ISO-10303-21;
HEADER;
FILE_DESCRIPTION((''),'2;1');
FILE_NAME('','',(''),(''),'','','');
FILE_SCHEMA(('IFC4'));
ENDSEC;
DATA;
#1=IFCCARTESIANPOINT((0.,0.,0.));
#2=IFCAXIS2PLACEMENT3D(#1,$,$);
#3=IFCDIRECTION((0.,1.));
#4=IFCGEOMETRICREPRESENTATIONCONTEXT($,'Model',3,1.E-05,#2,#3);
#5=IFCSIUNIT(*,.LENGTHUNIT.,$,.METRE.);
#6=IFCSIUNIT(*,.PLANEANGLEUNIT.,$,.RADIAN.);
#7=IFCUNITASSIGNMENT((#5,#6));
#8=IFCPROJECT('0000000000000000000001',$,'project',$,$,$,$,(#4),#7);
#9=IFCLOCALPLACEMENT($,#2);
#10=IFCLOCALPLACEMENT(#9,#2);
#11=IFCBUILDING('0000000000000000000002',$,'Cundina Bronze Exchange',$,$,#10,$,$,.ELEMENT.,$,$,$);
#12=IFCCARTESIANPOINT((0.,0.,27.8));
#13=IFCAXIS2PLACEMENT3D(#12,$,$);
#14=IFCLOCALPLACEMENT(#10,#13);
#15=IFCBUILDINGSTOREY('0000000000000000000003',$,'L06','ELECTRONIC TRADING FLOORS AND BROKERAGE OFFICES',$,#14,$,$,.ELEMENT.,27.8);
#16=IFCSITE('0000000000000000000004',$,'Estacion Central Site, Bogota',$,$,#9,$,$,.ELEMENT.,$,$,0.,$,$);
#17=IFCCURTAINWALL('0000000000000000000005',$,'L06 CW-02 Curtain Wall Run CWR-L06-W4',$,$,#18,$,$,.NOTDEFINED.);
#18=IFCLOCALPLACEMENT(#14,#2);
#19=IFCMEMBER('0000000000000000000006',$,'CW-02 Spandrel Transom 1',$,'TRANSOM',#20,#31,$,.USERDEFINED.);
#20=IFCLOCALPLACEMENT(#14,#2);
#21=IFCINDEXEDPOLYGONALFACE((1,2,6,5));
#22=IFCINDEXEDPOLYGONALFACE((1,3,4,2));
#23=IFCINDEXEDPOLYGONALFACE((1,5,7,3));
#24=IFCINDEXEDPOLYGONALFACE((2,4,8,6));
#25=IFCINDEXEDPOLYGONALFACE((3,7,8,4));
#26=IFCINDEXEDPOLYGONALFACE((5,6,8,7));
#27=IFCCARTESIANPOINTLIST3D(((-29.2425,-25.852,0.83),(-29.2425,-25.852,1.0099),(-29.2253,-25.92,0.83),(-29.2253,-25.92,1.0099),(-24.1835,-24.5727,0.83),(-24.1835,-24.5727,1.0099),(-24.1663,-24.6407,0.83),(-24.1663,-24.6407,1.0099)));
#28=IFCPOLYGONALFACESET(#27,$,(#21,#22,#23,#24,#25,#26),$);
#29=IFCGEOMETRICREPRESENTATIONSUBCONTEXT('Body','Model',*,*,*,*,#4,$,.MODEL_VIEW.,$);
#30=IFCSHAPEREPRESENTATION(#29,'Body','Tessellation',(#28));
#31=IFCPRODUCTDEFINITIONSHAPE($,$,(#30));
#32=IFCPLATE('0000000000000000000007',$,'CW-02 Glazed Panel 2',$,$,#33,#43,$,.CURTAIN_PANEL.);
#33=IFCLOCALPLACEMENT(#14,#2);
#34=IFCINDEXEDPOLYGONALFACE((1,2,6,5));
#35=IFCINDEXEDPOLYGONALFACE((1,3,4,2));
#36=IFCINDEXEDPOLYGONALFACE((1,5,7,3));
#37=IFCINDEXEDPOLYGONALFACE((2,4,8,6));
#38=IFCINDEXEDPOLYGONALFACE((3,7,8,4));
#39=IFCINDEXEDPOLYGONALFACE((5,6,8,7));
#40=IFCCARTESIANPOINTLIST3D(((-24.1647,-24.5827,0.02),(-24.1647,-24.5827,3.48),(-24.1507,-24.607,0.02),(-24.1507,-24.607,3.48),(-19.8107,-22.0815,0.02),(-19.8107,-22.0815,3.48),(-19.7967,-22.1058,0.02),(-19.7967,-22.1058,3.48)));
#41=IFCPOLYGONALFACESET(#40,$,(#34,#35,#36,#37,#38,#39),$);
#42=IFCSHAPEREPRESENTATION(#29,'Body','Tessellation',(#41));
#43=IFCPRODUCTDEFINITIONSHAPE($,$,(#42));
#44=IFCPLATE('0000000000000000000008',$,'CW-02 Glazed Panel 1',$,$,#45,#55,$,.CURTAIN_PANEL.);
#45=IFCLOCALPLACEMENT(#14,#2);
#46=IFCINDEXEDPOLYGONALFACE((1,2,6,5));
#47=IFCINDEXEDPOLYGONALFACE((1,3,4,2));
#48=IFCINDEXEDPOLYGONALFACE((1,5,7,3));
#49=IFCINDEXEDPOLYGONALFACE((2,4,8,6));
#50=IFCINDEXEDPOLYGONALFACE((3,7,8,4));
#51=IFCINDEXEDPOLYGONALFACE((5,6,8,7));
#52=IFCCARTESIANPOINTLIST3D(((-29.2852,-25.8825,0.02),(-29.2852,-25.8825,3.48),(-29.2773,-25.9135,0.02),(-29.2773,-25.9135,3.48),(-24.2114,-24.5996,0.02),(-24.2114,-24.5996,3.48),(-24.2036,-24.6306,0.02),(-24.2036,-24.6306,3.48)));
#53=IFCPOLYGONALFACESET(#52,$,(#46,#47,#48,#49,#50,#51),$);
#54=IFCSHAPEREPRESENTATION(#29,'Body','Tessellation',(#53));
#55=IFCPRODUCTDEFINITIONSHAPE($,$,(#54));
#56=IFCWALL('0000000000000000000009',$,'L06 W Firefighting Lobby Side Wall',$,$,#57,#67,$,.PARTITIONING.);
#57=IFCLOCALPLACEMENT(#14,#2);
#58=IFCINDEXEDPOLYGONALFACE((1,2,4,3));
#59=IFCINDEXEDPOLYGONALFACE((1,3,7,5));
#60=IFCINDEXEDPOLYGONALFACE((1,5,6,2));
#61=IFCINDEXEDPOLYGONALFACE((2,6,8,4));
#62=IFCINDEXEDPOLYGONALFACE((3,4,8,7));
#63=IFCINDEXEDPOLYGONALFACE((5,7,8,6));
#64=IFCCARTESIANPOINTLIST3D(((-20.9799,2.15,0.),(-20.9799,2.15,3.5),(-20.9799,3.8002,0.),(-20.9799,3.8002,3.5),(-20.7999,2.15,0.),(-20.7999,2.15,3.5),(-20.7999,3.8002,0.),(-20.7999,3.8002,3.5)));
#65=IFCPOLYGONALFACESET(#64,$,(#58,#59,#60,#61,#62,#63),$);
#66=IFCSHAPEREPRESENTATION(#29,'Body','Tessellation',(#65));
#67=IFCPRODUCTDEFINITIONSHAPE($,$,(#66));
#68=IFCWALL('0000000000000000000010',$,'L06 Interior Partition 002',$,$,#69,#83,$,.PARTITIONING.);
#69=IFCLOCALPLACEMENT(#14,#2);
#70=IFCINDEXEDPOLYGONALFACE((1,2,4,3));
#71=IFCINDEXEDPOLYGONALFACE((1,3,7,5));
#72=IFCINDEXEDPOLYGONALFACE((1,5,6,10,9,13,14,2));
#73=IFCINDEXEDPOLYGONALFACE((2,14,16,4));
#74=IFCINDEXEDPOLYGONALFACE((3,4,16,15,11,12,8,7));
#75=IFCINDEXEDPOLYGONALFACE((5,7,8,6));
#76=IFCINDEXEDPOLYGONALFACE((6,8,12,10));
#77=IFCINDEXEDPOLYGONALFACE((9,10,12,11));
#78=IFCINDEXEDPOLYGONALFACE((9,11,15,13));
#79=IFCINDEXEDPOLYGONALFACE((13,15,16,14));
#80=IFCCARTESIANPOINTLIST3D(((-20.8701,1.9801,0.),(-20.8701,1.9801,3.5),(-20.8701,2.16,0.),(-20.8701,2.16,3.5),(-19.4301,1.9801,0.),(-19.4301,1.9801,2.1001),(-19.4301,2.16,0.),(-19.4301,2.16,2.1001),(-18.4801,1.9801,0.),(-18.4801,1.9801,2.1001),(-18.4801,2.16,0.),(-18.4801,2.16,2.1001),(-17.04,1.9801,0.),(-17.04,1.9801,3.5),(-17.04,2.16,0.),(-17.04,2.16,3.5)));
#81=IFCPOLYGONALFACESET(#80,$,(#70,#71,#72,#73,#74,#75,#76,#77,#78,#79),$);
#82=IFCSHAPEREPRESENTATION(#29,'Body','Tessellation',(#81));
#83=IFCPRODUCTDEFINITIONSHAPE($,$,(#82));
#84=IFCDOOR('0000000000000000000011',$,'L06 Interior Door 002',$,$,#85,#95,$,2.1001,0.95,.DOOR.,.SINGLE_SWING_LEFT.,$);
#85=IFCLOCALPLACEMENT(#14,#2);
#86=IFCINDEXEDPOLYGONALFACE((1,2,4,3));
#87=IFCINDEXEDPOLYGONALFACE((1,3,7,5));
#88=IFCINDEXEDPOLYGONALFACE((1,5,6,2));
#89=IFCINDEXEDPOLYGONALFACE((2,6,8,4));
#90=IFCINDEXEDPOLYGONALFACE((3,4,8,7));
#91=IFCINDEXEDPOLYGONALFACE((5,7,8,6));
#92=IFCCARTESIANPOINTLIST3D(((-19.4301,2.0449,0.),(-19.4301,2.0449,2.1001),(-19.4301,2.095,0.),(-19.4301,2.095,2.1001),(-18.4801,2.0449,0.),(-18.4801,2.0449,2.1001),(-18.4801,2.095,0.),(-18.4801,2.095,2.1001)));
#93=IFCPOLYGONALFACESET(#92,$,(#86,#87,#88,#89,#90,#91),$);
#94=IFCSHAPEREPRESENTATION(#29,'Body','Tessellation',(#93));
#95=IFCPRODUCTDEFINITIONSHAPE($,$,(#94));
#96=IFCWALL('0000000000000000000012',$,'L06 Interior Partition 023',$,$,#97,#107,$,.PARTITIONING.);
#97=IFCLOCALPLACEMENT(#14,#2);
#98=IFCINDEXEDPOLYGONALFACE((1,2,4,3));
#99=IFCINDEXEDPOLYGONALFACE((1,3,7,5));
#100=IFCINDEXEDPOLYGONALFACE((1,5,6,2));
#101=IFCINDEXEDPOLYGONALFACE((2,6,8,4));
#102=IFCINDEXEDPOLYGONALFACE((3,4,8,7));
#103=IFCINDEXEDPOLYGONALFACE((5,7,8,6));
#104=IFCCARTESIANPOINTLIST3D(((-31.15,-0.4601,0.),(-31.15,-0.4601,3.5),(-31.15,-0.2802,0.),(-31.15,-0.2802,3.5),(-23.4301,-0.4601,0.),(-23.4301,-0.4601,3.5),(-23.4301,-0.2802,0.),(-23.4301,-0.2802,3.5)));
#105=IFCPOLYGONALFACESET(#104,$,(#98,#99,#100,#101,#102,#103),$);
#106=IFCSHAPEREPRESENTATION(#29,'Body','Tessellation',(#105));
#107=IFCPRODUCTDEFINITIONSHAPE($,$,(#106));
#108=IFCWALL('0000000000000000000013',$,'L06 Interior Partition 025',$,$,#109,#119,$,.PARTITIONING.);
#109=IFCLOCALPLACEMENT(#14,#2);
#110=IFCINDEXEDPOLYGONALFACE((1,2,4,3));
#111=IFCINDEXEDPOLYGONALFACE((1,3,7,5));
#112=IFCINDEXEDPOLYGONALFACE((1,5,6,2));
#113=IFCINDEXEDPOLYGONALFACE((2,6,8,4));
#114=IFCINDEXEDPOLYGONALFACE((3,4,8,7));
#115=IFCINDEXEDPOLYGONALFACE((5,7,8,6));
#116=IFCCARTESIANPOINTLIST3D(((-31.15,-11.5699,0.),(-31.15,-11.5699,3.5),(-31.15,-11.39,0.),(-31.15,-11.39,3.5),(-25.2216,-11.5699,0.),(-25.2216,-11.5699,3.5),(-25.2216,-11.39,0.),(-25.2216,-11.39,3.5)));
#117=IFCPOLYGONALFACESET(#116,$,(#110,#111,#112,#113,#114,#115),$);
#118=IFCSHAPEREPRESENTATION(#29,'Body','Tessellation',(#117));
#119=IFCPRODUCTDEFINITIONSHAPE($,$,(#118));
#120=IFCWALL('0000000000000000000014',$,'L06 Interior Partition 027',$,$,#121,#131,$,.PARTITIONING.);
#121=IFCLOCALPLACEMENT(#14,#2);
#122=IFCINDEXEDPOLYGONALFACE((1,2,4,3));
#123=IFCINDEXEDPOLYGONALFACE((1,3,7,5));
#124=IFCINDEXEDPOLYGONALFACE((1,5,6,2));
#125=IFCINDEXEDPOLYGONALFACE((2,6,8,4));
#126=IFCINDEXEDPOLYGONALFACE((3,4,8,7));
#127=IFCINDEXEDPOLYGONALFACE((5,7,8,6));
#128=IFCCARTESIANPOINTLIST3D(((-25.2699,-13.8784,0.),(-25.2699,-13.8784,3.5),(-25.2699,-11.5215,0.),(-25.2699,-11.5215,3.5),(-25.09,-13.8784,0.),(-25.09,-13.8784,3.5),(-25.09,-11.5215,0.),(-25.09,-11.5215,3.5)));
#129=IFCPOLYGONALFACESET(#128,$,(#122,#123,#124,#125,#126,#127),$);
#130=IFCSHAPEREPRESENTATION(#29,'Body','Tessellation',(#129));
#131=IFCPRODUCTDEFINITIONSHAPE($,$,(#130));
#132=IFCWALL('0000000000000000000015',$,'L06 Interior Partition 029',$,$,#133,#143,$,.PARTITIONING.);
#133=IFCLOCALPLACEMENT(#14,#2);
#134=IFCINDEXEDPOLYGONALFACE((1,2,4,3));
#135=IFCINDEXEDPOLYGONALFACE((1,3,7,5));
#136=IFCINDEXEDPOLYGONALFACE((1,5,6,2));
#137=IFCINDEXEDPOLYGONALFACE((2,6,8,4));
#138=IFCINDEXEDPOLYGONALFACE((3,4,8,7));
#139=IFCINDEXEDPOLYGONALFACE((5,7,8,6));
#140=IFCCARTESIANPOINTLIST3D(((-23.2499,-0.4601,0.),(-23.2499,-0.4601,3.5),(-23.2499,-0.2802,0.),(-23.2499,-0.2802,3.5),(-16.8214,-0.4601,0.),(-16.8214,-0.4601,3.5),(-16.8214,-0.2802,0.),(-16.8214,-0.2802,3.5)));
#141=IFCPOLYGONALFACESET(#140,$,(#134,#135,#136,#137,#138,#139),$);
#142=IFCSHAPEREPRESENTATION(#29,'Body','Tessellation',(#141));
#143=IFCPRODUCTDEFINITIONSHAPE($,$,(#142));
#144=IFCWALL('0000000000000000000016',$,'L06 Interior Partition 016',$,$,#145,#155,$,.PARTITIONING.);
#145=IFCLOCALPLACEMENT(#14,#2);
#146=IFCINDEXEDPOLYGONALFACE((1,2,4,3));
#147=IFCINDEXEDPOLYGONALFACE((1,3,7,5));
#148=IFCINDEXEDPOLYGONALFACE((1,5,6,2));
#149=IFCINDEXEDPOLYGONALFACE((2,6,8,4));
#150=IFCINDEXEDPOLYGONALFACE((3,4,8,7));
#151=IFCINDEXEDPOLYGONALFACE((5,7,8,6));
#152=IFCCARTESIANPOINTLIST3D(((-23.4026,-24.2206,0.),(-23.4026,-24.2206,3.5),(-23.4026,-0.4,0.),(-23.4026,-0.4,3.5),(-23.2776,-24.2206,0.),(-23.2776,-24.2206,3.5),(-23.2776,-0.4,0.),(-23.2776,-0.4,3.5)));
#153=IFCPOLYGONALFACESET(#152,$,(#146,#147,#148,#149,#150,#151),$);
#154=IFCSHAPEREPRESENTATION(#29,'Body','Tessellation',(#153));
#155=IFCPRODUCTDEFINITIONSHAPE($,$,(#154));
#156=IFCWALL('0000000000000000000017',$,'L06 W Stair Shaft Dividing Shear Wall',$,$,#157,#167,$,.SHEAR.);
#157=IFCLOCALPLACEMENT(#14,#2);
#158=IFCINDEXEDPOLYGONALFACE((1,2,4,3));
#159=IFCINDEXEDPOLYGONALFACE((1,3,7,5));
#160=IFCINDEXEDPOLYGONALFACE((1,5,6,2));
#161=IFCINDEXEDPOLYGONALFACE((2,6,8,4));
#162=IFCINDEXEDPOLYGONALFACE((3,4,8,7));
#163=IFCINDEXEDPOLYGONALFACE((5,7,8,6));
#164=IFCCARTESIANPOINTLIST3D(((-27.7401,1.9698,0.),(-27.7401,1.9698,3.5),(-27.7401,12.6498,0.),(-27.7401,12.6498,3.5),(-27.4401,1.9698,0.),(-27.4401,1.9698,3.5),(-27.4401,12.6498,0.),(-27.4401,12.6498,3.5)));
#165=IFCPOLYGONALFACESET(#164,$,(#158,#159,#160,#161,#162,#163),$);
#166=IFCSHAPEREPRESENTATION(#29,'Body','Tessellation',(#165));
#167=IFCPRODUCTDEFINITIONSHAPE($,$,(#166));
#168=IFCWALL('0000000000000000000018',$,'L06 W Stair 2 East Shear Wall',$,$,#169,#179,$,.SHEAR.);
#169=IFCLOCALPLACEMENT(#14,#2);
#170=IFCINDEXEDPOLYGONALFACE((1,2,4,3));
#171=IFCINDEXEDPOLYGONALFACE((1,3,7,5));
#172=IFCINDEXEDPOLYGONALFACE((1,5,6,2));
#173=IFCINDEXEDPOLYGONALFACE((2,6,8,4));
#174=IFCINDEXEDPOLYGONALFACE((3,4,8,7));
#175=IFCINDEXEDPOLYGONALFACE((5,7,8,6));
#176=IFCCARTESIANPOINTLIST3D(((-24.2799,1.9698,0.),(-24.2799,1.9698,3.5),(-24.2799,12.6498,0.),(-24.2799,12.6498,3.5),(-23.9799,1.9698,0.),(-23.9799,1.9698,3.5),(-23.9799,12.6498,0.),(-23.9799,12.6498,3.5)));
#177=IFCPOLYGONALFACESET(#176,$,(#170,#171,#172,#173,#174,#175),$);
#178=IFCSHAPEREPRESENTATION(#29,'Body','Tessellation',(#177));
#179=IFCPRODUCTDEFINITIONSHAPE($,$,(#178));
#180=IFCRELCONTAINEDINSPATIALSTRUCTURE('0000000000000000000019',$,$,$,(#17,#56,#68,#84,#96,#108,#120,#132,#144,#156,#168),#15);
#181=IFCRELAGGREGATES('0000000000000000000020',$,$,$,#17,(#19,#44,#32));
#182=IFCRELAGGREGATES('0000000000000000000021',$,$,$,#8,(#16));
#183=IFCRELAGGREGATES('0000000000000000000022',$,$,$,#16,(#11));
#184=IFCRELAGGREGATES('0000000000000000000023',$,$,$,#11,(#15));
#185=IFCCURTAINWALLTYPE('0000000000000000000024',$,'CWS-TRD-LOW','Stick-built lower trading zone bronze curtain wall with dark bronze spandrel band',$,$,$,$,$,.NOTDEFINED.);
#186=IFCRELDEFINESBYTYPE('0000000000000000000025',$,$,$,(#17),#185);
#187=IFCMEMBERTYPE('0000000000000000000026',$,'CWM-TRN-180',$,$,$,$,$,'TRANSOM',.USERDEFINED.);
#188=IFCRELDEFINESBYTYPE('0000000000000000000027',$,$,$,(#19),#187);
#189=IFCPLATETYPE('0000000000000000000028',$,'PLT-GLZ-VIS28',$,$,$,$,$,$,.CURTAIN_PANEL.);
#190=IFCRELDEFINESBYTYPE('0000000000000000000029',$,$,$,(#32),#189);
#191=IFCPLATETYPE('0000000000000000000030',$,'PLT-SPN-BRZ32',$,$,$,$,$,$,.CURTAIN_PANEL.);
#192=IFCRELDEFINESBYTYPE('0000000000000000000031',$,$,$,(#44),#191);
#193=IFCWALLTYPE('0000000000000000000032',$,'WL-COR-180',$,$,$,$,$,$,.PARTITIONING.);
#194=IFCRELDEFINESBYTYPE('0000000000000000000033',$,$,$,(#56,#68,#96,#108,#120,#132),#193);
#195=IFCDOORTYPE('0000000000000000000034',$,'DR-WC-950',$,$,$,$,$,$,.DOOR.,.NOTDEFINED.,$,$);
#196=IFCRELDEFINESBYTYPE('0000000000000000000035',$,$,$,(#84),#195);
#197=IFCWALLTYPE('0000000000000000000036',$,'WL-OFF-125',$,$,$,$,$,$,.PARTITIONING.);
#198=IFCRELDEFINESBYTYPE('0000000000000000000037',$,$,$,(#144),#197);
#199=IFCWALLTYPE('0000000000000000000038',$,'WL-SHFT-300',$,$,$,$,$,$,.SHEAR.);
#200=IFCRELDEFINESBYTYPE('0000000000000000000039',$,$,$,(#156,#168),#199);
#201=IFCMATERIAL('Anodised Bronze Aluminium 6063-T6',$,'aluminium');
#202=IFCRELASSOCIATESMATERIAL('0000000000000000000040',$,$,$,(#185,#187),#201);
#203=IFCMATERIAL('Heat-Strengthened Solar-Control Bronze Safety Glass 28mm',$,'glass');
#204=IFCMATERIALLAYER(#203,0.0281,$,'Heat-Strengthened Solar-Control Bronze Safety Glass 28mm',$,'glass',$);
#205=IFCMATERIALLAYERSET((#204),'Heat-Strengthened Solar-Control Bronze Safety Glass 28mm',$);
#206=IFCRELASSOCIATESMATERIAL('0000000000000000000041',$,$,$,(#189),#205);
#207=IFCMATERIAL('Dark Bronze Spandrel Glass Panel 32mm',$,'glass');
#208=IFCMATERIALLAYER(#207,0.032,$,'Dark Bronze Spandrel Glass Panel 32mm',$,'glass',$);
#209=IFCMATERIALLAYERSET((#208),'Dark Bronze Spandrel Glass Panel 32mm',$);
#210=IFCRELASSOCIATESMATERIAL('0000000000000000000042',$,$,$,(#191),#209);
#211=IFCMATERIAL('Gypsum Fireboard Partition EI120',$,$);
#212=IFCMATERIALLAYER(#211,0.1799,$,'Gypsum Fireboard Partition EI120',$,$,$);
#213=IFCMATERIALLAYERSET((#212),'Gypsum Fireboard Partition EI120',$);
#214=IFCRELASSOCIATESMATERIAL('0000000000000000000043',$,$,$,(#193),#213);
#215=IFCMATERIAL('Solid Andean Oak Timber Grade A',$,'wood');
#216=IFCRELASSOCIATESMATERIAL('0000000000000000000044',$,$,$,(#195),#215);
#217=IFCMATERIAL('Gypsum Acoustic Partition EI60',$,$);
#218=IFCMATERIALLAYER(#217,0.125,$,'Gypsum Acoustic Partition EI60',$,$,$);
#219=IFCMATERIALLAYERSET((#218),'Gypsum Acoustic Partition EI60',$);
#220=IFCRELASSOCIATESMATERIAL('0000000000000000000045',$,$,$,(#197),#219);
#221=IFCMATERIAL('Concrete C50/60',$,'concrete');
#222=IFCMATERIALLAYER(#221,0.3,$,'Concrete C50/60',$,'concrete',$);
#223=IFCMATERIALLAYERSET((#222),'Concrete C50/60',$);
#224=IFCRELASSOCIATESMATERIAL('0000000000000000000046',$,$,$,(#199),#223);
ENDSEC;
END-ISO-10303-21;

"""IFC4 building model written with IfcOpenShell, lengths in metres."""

from ifc_helpers import new_model, si_unit, direction, frame, frame_2d, origin, origin_2d, place, context, subcontext, project, spatial, rectangle, extrude, material, layer, layer_set, material_profile, profile_set, type_object, element, fill, aggregate, save


model = new_model("IFC4")

# Units and contexts
model_context = context("Model", 3, precision=1e-05, world=origin(), true_north=direction((0.0, 1.0)))
body_context = subcontext(model_context, "Body", "Model", "MODEL_VIEW")
ifc_project = project(units=[si_unit("LENGTHUNIT", "METRE"), si_unit("PLANEANGLEUNIT", "RADIAN")], contexts=[model_context])

# Site, building, storey
site_placement = place(None, origin())
site = spatial("IfcSite", under=ifc_project, at=site_placement, Name="Estacion Central Site, Bogota", CompositionType="ELEMENT", RefElevation=0.0)
building_placement = place(site_placement, origin())
building = spatial("IfcBuilding", under=site, at=building_placement, Name="Cundina Bronze Exchange", CompositionType="ELEMENT")
storey_placement = place(building_placement, frame((0.0, 0.0, 27.8)))
storey = spatial("IfcBuildingStorey", under=building, at=storey_placement, Name="L06", Description="ELECTRONIC TRADING FLOORS AND BROKERAGE OFFICES", CompositionType="ELEMENT", Elevation=27.8)

# Shared definitions
ifc_material_1 = material(Name="Anodised Bronze Aluminium 6063-T6", Category="aluminium")
curtain_wall_type = type_object("IfcCurtainWallType", Name="CWS-TRD-LOW", Description="Stick-built lower trading zone bronze curtain wall with dark bronze spandrel band", PredefinedType="NOTDEFINED", material=ifc_material_1)

# Curtain wall, member, plates
curtain_wall_1_placement = place(storey_placement, origin())
curtain_wall_1 = element("IfcCurtainWall", 1, at=curtain_wall_1_placement, inside=storey, type_object=curtain_wall_type, Name="L06 CW-02 Curtain Wall Run CWR-L06-W4", PredefinedType="NOTDEFINED")
ifc_material_profile_1 = material_profile(ifc_material_1, rectangle(XDim=0.0701, YDim=0.1799, at=origin_2d()), Name="AL70X180", Category="aluminium")
ifc_profile_set_1 = profile_set([ifc_material_profile_1], Name="Anodised Bronze Aluminium 6063-T6")
member_type_1 = type_object("IfcMemberType", Name="CWM-TRN-180", ElementType="TRANSOM", PredefinedType="USERDEFINED", material=ifc_profile_set_1)
member_1_placement = place(storey_placement, frame((-29.2339, -25.886, 0.9199), z_axis=(0.969484, 0.245155, 0.0), x_axis=(-0.245155, 0.969484, 0.0)))
member_1 = element("IfcMember", 2, at=member_1_placement, type_object=member_type_1, Name="CW-02 Spandrel Transom 1", ObjectType="TRANSOM", PredefinedType="USERDEFINED", context=body_context, shape_type="SweptSolid", body=[
    extrude(rectangle(XDim=0.0701, YDim=0.1799, at=origin_2d()), origin(), (0.0, 0.0, 1.0), 5.2183),
])
ifc_material_2 = material(Name="Heat-Strengthened Solar-Control Bronze Safety Glass 28mm", Category="glass")
ifc_layer_1 = layer(ifc_material_2, 0.0281, Name="Heat-Strengthened Solar-Control Bronze Safety Glass 28mm", Category="glass")
ifc_layer_set_1 = layer_set([ifc_layer_1], Name="Heat-Strengthened Solar-Control Bronze Safety Glass 28mm")
plate_type_1 = type_object("IfcPlateType", Name="PLT-GLZ-VIS28", PredefinedType="CURTAIN_PANEL", material=ifc_layer_set_1)
plate_1_placement = place(storey_placement, frame((-21.9807, -23.3442, 0.02), z_axis=(0.0, 0.0, 1.0), x_axis=(0.867105, 0.498125, 0.0)))
plate_1 = element("IfcPlate", 3, at=plate_1_placement, type_object=plate_type_1, Name="CW-02 Glazed Panel 2", PredefinedType="CURTAIN_PANEL", context=body_context, shape_type="SweptSolid", body=[
    extrude(rectangle(XDim=5.0212, YDim=0.0281, at=origin_2d()), origin(), (0.0, 0.0, 1.0), 3.46),
])
ifc_material_3 = material(Name="Dark Bronze Spandrel Glass Panel 32mm", Category="glass")
ifc_layer_2 = layer(ifc_material_3, 0.032, Name="Dark Bronze Spandrel Glass Panel 32mm", Category="glass")
ifc_layer_set_2 = layer_set([ifc_layer_2], Name="Dark Bronze Spandrel Glass Panel 32mm")
plate_type_2 = type_object("IfcPlateType", Name="PLT-SPN-BRZ32", PredefinedType="CURTAIN_PANEL", material=ifc_layer_set_2)
plate_2_placement = place(storey_placement, frame((-26.7444, -25.2566, 0.02), z_axis=(0.0, 0.0, 1.0), x_axis=(0.969488, 0.245138, 0.0)))
plate_2 = element("IfcPlate", 4, at=plate_2_placement, type_object=plate_type_2, Name="CW-02 Glazed Panel 1", PredefinedType="CURTAIN_PANEL", context=body_context, shape_type="SweptSolid", body=[
    extrude(rectangle(XDim=5.2334, YDim=0.032, at=origin_2d()), origin(), (0.0, 0.0, 1.0), 3.46),
])
aggregate(curtain_wall_1, [member_1, plate_2, plate_1])

# Wall
ifc_material_4 = material(Name="Gypsum Fireboard Partition EI120")
ifc_layer_3 = layer(ifc_material_4, 0.1799, Name="Gypsum Fireboard Partition EI120")
ifc_layer_set_3 = layer_set([ifc_layer_3], Name="Gypsum Fireboard Partition EI120")
wall_type_1 = type_object("IfcWallType", Name="WL-COR-180", PredefinedType="PARTITIONING", material=ifc_layer_set_3)
wall_1_placement = place(storey_placement, frame((-20.8899, 2.1499, 0.0), z_axis=(0.0, 0.0, 1.0), x_axis=(0.0, 1.0, 0.0)))
element("IfcWall", 5, at=wall_1_placement, inside=storey, type_object=wall_type_1, Name="L06 W Firefighting Lobby Side Wall", PredefinedType="PARTITIONING", context=body_context, shape_type="SweptSolid", body=[
    extrude(rectangle(XDim=1.6501, YDim=0.1799, at=frame_2d((0.8252, 0.0))), origin(), (0.0, 0.0, 1.0), 3.5),
])

# Wall, opening, door
wall_2_placement = place(storey_placement, frame((-20.8701, 2.0701, 0.0), z_axis=(0.0, 0.0, 1.0), x_axis=(1.0, 0.0, 0.0)))
wall_2 = element("IfcWall", 6, at=wall_2_placement, inside=storey, type_object=wall_type_1, Name="L06 Interior Partition 002", PredefinedType="PARTITIONING", context=body_context, shape_type="SweptSolid", body=[
    extrude(rectangle(XDim=3.8301, YDim=0.1799, at=frame_2d((1.915, 0.0))), origin(), (0.0, 0.0, 1.0), 3.5),
])
opening_1_placement = place(wall_2_placement, frame((1.4399, 0.0, 0.0)))
opening_1 = element("IfcOpeningElement", 7, at=opening_1_placement, cuts=wall_2, PredefinedType="OPENING", context=body_context, shape_type="SweptSolid", body=[
    extrude(rectangle(XDim=0.95, YDim=2.1001, at=frame_2d((0.4751, 1.05))), frame((0.0, 0.0999, 0.0), z_axis=(0.0, -1.0, 0.0), x_axis=(1.0, 0.0, 0.0)), (0.0, 0.0, 1.0), 0.2),
])
ifc_material_5 = material(Name="Solid Andean Oak Timber Grade A", Category="wood")
door_type_1 = type_object("IfcDoorType", Name="DR-WC-950", OperationType="NOTDEFINED", PredefinedType="DOOR", material=ifc_material_5)
door_1_placement = place(opening_1_placement, origin())
door_1 = element("IfcDoor", 8, at=door_1_placement, inside=storey, type_object=door_type_1, Name="L06 Interior Door 002", OperationType="SINGLE_SWING_LEFT", OverallHeight=2.1001, OverallWidth=0.95, PredefinedType="DOOR", context=body_context, shape_type="SweptSolid", body=[
    extrude(rectangle(XDim=0.95, YDim=2.1001, at=frame_2d((0.4751, 1.05))), frame((0.0, 0.0249, 0.0), z_axis=(0.0, -1.0, 0.0), x_axis=(1.0, 0.0, 0.0)), (0.0, 0.0, 1.0), 0.05),
])
fill(opening_1, door_1)

# Walls
wall_3_placement = place(storey_placement, frame((-31.1499, -0.3701, 0.0), z_axis=(0.0, 0.0, 1.0), x_axis=(1.0, 0.0, 0.0)))
element("IfcWall", 9, at=wall_3_placement, inside=storey, type_object=wall_type_1, Name="L06 Interior Partition 023", PredefinedType="PARTITIONING", context=body_context, shape_type="SweptSolid", body=[
    extrude(rectangle(XDim=7.72, YDim=0.1799, at=frame_2d((3.8599, 0.0))), origin(), (0.0, 0.0, 1.0), 3.5),
])
wall_4_placement = place(storey_placement, frame((-25.2214, -11.48, 0.0), z_axis=(0.0, 0.0, 1.0), x_axis=(-1.0, 0.0, 0.0)))
element("IfcWall", 10, at=wall_4_placement, inside=storey, type_object=wall_type_1, Name="L06 Interior Partition 025", PredefinedType="PARTITIONING", context=body_context, shape_type="SweptSolid", body=[
    extrude(rectangle(XDim=5.9285, YDim=0.1799, at=frame_2d((2.9644, 0.0))), origin(), (0.0, 0.0, 1.0), 3.5),
])
wall_5_placement = place(storey_placement, frame((-25.1799, -13.8784, 0.0), z_axis=(0.0, 0.0, 1.0), x_axis=(0.0, 1.0, 0.0)))
element("IfcWall", 11, at=wall_5_placement, inside=storey, type_object=wall_type_1, Name="L06 Interior Partition 027", PredefinedType="PARTITIONING", context=body_context, shape_type="SweptSolid", body=[
    extrude(rectangle(XDim=2.3569, YDim=0.1799, at=frame_2d((1.1785, 0.0))), origin(), (0.0, 0.0, 1.0), 3.5),
])
wall_6_placement = place(storey_placement, frame((-23.25, -0.3701, 0.0), z_axis=(0.0, 0.0, 1.0), x_axis=(1.0, 0.0, 0.0)))
element("IfcWall", 12, at=wall_6_placement, inside=storey, type_object=wall_type_1, Name="L06 Interior Partition 029", PredefinedType="PARTITIONING", context=body_context, shape_type="SweptSolid", body=[
    extrude(rectangle(XDim=6.4285, YDim=0.1799, at=frame_2d((3.2144, 0.0))), origin(), (0.0, 0.0, 1.0), 3.5),
])
ifc_material_6 = material(Name="Gypsum Acoustic Partition EI60")
ifc_layer_4 = layer(ifc_material_6, 0.125, Name="Gypsum Acoustic Partition EI60")
ifc_layer_set_4 = layer_set([ifc_layer_4], Name="Gypsum Acoustic Partition EI60")
wall_type_2 = type_object("IfcWallType", Name="WL-OFF-125", PredefinedType="PARTITIONING", material=ifc_layer_set_4)
wall_7_placement = place(storey_placement, frame((-23.3401, -24.2205, 0.0), z_axis=(0.0, 0.0, 1.0), x_axis=(0.0, 1.0, 0.0)))
element("IfcWall", 13, at=wall_7_placement, inside=storey, type_object=wall_type_2, Name="L06 Interior Partition 016", PredefinedType="PARTITIONING", context=body_context, shape_type="SweptSolid", body=[
    extrude(rectangle(XDim=23.8206, YDim=0.125, at=frame_2d((11.9102, 0.0))), origin(), (0.0, 0.0, 1.0), 3.5),
])
ifc_material_7 = material(Name="Concrete C50/60", Category="concrete")
ifc_layer_5 = layer(ifc_material_7, 0.3, Name="Concrete C50/60", Category="concrete")
ifc_layer_set_5 = layer_set([ifc_layer_5], Name="Concrete C50/60")
wall_type_3 = type_object("IfcWallType", Name="WL-SHFT-300", PredefinedType="SHEAR", material=ifc_layer_set_5)
for number, where, z_axis, x_axis, name in (
    (14, (-27.5901, 1.97, 0.0), (0.0, 0.0, 1.0), (0.0, 1.0, 0.0), "L06 W Stair Shaft Dividing Shear Wall"),
    (15, (-24.1299, 1.97, 0.0), (0.0, 0.0, 1.0), (0.0, 1.0, 0.0), "L06 W Stair 2 East Shear Wall"),
):
    element("IfcWall", number, at=place(storey_placement, frame(where, z_axis=z_axis, x_axis=x_axis)), inside=storey, type_object=wall_type_3, Name=name, PredefinedType="SHEAR", context=body_context, shape_type="SweptSolid", body=[
        extrude(rectangle(XDim=10.6799, YDim=0.3, at=frame_2d((5.3398, 0.0))), origin(), (0.0, 0.0, 1.0), 3.5),
    ])

save(model, "model.ifc")
